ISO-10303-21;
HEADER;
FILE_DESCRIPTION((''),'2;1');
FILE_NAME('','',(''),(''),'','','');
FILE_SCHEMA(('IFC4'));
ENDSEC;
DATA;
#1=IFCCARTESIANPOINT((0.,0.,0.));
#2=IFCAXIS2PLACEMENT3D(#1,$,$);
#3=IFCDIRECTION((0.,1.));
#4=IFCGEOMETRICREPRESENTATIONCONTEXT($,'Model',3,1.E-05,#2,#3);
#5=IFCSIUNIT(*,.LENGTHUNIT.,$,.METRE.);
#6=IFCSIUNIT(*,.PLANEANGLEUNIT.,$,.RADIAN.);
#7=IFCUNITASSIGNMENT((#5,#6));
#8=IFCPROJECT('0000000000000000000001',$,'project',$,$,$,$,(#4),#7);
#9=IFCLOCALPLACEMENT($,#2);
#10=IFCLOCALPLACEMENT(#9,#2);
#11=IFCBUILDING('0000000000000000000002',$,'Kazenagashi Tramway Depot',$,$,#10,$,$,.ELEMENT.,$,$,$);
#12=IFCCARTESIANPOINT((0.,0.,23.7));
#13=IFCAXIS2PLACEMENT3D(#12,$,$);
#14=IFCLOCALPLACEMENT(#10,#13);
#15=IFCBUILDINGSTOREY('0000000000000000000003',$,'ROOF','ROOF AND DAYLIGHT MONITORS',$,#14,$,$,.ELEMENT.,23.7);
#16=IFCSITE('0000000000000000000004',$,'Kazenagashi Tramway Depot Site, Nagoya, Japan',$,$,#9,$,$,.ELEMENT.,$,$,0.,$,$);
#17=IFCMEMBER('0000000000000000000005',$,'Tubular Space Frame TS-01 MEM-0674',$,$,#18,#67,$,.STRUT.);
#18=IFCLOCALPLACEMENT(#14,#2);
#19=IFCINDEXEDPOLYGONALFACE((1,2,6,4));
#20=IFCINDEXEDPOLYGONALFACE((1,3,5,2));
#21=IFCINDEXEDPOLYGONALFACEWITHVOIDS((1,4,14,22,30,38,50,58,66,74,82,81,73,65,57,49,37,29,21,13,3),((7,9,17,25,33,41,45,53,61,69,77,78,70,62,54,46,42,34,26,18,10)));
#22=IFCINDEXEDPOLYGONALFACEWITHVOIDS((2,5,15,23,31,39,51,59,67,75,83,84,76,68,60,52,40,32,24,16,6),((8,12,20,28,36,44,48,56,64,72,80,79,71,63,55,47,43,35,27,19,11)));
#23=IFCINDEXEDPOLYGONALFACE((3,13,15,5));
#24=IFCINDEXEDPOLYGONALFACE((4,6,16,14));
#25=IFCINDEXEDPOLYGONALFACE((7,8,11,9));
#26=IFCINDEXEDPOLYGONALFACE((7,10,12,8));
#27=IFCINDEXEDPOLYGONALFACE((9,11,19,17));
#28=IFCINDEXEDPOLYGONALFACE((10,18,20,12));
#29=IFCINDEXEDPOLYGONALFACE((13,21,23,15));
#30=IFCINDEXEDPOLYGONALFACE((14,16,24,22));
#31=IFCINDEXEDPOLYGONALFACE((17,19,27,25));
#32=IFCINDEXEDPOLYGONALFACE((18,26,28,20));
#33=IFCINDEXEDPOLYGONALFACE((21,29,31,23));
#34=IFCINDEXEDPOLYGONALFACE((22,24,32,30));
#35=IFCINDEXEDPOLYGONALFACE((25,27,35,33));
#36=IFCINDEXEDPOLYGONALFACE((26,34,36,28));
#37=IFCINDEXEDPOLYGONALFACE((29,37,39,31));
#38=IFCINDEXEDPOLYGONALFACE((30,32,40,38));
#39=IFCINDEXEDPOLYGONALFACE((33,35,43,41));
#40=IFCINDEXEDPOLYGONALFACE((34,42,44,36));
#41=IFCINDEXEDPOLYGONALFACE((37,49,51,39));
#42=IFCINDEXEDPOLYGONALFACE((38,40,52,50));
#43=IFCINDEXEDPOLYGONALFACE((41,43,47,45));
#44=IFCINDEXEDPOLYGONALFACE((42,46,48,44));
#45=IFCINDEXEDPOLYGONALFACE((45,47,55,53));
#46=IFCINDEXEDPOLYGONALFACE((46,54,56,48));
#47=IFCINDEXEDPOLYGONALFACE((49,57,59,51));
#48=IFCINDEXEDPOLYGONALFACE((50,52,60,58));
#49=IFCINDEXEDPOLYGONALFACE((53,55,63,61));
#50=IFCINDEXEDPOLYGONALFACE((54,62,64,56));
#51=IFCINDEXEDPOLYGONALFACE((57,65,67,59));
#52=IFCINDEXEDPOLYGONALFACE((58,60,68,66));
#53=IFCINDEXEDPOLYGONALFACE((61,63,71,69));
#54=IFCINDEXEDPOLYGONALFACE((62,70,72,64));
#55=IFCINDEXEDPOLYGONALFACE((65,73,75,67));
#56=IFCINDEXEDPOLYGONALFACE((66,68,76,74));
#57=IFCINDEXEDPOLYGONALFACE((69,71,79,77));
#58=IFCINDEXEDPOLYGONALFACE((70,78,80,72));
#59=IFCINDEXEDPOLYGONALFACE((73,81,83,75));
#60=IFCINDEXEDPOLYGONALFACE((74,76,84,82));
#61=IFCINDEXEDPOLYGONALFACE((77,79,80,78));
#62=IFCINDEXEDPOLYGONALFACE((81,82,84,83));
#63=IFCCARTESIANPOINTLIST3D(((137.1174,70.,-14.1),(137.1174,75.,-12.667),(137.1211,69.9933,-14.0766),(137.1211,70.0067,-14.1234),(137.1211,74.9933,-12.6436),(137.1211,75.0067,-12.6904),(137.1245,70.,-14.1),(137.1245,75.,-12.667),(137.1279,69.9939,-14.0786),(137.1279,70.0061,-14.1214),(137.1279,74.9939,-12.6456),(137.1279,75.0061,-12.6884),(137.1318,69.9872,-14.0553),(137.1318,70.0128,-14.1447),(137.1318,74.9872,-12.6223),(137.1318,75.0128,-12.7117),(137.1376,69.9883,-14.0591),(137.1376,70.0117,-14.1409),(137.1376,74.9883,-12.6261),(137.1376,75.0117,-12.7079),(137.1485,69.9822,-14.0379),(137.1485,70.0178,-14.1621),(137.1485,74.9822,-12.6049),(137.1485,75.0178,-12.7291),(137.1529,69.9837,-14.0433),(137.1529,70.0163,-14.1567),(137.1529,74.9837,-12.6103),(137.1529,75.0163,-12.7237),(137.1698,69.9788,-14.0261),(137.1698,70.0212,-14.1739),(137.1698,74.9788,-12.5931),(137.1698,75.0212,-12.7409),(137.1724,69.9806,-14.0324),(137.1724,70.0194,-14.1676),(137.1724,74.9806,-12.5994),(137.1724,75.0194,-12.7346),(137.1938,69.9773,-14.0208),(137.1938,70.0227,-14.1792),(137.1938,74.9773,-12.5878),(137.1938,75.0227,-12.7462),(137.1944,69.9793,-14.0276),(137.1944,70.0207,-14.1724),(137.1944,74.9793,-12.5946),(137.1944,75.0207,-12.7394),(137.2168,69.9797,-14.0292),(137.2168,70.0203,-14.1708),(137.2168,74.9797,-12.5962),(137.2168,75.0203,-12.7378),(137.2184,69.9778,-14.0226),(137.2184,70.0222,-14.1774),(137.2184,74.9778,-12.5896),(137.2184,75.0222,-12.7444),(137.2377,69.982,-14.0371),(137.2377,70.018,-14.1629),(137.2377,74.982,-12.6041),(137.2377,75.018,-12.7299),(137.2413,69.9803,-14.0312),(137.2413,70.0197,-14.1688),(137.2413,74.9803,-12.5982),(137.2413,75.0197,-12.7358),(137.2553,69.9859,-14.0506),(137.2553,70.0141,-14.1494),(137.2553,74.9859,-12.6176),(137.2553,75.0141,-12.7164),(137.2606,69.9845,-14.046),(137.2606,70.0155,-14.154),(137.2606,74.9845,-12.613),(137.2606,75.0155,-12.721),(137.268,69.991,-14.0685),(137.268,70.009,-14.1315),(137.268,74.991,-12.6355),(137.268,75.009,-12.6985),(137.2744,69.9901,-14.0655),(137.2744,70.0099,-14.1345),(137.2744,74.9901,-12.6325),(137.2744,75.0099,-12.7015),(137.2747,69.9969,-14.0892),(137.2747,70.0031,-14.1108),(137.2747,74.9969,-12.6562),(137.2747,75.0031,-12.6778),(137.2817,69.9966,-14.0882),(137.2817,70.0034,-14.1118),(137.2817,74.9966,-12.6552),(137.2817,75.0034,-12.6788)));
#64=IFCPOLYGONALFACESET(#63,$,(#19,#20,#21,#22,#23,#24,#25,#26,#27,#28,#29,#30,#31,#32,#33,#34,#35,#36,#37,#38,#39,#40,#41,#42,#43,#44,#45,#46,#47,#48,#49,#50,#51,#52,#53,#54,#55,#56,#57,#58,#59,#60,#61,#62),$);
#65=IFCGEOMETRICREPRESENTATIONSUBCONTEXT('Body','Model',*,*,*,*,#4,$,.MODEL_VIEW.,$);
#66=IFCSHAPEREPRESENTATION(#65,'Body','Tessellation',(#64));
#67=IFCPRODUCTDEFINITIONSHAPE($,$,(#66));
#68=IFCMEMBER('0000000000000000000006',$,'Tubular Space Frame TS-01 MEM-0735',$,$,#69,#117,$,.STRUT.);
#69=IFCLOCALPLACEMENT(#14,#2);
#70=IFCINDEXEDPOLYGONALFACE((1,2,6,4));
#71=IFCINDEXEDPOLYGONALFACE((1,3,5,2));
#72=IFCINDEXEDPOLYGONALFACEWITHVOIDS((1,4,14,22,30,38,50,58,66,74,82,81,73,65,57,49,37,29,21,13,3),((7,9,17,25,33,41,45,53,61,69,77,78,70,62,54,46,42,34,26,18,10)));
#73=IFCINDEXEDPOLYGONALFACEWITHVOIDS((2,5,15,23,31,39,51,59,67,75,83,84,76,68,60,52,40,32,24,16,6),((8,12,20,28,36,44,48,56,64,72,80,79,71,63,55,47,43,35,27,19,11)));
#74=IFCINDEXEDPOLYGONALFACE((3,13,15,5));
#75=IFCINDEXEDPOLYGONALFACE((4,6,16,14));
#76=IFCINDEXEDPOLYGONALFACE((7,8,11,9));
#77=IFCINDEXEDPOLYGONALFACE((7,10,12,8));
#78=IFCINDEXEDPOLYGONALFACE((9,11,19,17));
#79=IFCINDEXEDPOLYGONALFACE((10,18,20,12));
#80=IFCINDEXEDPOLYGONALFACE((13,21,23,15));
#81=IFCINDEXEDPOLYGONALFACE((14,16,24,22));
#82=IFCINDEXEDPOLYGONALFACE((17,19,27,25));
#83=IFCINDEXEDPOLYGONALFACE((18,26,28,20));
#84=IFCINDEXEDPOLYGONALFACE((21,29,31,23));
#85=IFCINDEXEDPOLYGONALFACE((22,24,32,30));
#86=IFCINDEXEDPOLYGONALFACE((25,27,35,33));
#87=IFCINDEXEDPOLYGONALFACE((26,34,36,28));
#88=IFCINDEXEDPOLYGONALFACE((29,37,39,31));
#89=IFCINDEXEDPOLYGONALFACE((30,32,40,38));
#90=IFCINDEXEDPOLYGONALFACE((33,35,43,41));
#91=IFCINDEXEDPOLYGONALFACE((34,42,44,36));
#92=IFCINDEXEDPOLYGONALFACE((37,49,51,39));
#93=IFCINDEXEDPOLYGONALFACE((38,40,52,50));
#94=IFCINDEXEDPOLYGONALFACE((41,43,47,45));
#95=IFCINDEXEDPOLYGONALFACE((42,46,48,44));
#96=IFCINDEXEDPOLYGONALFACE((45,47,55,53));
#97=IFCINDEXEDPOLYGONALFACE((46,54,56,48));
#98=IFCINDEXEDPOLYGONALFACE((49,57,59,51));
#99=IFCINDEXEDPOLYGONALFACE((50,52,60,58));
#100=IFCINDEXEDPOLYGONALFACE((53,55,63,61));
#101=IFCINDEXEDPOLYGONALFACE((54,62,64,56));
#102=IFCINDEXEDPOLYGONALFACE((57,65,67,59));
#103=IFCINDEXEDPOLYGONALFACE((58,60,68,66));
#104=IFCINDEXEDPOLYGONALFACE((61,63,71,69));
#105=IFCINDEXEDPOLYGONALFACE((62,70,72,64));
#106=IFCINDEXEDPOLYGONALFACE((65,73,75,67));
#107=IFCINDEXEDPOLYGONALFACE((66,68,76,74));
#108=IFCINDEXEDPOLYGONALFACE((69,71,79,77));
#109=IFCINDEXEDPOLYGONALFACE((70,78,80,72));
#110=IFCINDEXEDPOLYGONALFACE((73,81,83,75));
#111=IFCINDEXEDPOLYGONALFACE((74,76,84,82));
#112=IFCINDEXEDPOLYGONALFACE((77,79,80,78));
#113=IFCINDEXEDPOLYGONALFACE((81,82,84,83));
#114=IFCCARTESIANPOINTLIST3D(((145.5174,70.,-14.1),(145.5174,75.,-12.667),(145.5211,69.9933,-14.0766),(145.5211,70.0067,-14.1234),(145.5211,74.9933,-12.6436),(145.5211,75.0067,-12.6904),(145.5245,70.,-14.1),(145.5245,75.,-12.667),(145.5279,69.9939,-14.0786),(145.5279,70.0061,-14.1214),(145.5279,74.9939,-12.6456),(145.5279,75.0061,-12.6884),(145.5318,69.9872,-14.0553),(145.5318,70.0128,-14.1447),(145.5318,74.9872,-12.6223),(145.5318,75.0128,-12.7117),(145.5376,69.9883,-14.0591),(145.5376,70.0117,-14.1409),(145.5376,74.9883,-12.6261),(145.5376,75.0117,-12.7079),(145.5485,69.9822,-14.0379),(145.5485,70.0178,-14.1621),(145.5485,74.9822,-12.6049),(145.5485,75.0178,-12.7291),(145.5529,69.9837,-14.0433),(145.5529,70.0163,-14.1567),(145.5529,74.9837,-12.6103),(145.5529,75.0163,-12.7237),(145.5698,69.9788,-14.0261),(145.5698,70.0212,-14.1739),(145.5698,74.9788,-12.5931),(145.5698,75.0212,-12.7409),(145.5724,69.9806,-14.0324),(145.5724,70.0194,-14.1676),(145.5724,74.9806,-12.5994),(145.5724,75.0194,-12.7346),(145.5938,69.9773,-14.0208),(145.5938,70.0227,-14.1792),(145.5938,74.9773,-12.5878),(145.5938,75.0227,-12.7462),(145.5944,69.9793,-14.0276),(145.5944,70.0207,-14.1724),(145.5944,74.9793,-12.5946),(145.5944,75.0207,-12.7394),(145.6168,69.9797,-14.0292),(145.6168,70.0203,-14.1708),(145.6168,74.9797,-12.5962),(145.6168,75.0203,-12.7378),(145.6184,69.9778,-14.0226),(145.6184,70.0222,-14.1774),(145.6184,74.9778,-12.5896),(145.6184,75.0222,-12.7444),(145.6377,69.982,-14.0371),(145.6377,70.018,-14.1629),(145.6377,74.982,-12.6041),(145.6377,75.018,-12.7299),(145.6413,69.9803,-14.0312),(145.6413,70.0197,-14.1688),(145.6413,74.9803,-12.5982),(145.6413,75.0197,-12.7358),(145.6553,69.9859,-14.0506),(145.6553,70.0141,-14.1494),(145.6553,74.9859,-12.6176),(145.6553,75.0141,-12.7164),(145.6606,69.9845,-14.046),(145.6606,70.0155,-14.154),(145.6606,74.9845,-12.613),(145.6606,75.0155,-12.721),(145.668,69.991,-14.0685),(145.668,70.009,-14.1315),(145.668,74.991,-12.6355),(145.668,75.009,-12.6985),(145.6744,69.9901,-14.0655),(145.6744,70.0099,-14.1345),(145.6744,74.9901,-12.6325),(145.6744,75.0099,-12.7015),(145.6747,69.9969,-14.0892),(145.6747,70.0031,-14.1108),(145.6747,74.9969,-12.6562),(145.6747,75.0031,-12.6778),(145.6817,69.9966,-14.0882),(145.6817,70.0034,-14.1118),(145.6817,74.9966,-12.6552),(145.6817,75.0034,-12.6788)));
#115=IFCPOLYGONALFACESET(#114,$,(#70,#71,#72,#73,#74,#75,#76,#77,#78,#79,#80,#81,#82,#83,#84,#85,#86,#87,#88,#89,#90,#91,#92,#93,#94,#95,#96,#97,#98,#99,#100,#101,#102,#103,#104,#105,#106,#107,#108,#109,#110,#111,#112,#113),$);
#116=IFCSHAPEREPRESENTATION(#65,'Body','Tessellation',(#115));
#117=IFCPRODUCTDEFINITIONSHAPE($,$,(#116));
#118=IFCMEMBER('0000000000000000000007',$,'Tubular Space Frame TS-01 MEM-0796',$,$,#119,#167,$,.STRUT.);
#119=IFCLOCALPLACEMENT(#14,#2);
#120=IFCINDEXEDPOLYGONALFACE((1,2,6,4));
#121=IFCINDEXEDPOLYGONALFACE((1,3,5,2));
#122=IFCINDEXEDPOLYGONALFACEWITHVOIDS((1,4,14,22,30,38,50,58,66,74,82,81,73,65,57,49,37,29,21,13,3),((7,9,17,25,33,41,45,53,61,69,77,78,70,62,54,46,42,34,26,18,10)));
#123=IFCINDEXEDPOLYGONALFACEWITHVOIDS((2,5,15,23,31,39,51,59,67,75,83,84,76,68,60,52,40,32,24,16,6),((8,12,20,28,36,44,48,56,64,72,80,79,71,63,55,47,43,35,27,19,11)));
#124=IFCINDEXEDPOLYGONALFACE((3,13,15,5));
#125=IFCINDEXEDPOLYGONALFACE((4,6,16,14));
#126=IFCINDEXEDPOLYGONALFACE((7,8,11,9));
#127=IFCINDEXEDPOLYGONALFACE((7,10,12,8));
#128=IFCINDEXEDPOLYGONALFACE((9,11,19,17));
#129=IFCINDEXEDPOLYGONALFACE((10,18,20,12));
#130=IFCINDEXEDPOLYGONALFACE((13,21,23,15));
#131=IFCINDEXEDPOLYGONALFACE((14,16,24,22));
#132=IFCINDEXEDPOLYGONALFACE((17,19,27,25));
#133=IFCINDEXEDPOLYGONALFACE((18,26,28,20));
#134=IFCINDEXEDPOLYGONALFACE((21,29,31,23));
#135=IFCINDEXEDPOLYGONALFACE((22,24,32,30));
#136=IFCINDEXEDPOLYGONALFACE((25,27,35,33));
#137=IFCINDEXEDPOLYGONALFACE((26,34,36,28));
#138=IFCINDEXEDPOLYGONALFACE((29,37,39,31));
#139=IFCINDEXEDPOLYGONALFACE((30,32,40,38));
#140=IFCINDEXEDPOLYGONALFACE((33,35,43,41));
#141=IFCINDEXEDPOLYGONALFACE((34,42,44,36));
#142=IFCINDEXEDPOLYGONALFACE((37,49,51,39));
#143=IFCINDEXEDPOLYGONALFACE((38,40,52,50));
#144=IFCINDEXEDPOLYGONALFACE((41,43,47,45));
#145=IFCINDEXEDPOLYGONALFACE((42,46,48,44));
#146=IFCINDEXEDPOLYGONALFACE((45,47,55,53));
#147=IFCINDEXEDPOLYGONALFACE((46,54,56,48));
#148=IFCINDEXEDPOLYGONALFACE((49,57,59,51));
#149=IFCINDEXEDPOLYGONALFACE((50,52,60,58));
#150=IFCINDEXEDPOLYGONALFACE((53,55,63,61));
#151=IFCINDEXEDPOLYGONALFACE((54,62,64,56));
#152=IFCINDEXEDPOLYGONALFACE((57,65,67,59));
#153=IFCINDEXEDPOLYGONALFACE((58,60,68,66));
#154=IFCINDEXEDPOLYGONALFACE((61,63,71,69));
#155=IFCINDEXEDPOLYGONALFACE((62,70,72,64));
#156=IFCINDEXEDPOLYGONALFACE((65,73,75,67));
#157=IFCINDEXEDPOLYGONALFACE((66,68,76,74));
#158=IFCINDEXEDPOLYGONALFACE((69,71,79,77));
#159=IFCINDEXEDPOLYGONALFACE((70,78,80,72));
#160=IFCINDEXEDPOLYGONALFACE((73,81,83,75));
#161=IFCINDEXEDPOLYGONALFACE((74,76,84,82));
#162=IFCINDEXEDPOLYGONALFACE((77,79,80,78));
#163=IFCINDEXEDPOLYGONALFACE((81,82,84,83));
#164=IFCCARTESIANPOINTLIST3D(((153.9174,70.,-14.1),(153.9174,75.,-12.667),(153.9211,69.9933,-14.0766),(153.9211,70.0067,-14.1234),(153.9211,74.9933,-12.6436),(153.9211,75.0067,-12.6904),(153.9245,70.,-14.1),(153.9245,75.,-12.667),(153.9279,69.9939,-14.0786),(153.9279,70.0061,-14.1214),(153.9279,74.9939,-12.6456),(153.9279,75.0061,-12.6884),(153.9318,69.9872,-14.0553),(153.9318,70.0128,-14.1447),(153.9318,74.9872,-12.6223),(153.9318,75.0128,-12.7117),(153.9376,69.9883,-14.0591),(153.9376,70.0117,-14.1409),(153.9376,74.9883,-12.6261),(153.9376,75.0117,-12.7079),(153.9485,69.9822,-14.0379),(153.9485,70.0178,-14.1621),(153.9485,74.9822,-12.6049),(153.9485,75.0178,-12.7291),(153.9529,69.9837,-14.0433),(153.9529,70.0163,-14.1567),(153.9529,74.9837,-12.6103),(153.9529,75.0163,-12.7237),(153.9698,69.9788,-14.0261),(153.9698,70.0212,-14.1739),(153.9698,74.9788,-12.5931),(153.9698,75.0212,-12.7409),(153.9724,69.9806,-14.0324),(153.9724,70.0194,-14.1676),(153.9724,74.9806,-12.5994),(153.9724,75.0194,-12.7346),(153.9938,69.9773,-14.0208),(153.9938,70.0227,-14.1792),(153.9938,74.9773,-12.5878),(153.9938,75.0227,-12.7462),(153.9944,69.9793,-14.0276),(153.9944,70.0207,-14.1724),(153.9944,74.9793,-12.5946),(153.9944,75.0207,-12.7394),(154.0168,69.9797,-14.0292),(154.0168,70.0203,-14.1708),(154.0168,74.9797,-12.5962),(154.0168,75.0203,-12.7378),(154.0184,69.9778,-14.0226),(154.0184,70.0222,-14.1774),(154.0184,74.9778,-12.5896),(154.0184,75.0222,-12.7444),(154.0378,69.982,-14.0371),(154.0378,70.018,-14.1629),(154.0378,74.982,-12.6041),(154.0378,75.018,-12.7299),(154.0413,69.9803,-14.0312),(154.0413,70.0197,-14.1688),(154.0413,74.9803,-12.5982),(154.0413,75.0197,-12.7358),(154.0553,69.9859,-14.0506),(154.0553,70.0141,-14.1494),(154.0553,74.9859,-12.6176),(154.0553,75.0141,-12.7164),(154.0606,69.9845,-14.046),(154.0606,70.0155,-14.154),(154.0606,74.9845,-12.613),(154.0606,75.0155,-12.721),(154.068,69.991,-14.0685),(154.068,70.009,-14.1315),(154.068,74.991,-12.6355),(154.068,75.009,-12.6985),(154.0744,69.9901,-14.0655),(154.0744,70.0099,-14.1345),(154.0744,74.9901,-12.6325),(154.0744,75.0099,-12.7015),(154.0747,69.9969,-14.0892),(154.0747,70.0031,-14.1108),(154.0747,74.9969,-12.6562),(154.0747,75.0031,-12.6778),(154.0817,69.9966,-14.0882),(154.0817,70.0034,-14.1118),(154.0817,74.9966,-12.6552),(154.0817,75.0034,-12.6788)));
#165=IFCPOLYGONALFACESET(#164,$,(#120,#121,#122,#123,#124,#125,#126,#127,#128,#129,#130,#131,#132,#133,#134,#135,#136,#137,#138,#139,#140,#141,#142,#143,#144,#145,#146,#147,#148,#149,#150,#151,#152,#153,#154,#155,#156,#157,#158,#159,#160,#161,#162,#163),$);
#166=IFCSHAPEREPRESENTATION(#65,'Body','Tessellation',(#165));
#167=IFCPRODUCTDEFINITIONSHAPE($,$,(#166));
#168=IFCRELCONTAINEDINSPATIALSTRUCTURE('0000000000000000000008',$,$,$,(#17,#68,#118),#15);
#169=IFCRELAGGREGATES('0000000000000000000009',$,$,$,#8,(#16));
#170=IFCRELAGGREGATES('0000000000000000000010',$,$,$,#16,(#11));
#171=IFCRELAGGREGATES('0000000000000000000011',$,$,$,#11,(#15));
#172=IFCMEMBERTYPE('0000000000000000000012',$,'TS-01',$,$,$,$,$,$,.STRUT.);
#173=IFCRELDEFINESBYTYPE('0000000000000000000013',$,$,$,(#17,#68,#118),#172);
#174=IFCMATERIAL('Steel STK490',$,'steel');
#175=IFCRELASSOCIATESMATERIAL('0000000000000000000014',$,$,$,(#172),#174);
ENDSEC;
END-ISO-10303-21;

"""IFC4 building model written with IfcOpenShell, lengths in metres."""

from ifc_helpers import new_model, si_unit, direction, frame, origin, origin_2d, place, context, subcontext, project, spatial, hollow_circle, extrude, material, material_profile, profile_set, type_object, element, save


model = new_model("IFC4")

# Units and contexts
model_context = context("Model", 3, precision=1e-05, world=origin(), true_north=direction((0.0, 1.0)))
body_context = subcontext(model_context, "Body", "Model", "MODEL_VIEW")
ifc_project = project(units=[si_unit("LENGTHUNIT", "METRE"), si_unit("PLANEANGLEUNIT", "RADIAN")], contexts=[model_context])

# Site, building, storey
site_placement = place(None, origin())
site = spatial("IfcSite", under=ifc_project, at=site_placement, Name="Kazenagashi Tramway Depot Site, Nagoya, Japan", CompositionType="ELEMENT", RefElevation=0.0)
building_placement = place(site_placement, origin())
building = spatial("IfcBuilding", under=site, at=building_placement, Name="Kazenagashi Tramway Depot", CompositionType="ELEMENT")
storey_placement = place(building_placement, frame((0.0, 0.0, 23.7)))
storey = spatial("IfcBuildingStorey", under=building, at=storey_placement, Name="ROOF", Description="ROOF AND DAYLIGHT MONITORS", CompositionType="ELEMENT", Elevation=23.7)

# Members
ifc_material_1 = material(Name="Steel STK490", Category="steel")
ifc_material_profile_1 = material_profile(ifc_material_1, hollow_circle(Radius=0.0826, WallThickness=0.0071, at=origin_2d()), Name="CHS-165.2x7.1")
ifc_profile_set_1 = profile_set([ifc_material_profile_1], Name="Steel STK490")
member_type_1 = type_object("IfcMemberType", Name="TS-01", PredefinedType="STRUT", material=ifc_profile_set_1)
for number, where, z_axis, x_axis, name in (
    (1, (137.2, 70.0, -14.1), (0.0, 0.961299, 0.275508), (-1.0, 0.0, 0.0), "Tubular Space Frame TS-01 MEM-0674"),
    (2, (145.6, 70.0, -14.1), (0.0, 0.961299, 0.275508), (-1.0, 0.0, 0.0), "Tubular Space Frame TS-01 MEM-0735"),
    (3, (154.0, 70.0, -14.1), (0.0, 0.961299, 0.275508), (-1.0, 0.0, 0.0), "Tubular Space Frame TS-01 MEM-0796"),
):
    element("IfcMember", number, at=place(storey_placement, frame(where, z_axis=z_axis, x_axis=x_axis)), inside=storey, type_object=member_type_1, Name=name, PredefinedType="STRUT", context=body_context, shape_type="SweptSolid", body=[
        extrude(hollow_circle(Radius=0.0826, WallThickness=0.0071, at=origin_2d()), origin(), (0.0, 0.0, 1.0), 5.2013),
    ])

save(model, "model.ifc")
